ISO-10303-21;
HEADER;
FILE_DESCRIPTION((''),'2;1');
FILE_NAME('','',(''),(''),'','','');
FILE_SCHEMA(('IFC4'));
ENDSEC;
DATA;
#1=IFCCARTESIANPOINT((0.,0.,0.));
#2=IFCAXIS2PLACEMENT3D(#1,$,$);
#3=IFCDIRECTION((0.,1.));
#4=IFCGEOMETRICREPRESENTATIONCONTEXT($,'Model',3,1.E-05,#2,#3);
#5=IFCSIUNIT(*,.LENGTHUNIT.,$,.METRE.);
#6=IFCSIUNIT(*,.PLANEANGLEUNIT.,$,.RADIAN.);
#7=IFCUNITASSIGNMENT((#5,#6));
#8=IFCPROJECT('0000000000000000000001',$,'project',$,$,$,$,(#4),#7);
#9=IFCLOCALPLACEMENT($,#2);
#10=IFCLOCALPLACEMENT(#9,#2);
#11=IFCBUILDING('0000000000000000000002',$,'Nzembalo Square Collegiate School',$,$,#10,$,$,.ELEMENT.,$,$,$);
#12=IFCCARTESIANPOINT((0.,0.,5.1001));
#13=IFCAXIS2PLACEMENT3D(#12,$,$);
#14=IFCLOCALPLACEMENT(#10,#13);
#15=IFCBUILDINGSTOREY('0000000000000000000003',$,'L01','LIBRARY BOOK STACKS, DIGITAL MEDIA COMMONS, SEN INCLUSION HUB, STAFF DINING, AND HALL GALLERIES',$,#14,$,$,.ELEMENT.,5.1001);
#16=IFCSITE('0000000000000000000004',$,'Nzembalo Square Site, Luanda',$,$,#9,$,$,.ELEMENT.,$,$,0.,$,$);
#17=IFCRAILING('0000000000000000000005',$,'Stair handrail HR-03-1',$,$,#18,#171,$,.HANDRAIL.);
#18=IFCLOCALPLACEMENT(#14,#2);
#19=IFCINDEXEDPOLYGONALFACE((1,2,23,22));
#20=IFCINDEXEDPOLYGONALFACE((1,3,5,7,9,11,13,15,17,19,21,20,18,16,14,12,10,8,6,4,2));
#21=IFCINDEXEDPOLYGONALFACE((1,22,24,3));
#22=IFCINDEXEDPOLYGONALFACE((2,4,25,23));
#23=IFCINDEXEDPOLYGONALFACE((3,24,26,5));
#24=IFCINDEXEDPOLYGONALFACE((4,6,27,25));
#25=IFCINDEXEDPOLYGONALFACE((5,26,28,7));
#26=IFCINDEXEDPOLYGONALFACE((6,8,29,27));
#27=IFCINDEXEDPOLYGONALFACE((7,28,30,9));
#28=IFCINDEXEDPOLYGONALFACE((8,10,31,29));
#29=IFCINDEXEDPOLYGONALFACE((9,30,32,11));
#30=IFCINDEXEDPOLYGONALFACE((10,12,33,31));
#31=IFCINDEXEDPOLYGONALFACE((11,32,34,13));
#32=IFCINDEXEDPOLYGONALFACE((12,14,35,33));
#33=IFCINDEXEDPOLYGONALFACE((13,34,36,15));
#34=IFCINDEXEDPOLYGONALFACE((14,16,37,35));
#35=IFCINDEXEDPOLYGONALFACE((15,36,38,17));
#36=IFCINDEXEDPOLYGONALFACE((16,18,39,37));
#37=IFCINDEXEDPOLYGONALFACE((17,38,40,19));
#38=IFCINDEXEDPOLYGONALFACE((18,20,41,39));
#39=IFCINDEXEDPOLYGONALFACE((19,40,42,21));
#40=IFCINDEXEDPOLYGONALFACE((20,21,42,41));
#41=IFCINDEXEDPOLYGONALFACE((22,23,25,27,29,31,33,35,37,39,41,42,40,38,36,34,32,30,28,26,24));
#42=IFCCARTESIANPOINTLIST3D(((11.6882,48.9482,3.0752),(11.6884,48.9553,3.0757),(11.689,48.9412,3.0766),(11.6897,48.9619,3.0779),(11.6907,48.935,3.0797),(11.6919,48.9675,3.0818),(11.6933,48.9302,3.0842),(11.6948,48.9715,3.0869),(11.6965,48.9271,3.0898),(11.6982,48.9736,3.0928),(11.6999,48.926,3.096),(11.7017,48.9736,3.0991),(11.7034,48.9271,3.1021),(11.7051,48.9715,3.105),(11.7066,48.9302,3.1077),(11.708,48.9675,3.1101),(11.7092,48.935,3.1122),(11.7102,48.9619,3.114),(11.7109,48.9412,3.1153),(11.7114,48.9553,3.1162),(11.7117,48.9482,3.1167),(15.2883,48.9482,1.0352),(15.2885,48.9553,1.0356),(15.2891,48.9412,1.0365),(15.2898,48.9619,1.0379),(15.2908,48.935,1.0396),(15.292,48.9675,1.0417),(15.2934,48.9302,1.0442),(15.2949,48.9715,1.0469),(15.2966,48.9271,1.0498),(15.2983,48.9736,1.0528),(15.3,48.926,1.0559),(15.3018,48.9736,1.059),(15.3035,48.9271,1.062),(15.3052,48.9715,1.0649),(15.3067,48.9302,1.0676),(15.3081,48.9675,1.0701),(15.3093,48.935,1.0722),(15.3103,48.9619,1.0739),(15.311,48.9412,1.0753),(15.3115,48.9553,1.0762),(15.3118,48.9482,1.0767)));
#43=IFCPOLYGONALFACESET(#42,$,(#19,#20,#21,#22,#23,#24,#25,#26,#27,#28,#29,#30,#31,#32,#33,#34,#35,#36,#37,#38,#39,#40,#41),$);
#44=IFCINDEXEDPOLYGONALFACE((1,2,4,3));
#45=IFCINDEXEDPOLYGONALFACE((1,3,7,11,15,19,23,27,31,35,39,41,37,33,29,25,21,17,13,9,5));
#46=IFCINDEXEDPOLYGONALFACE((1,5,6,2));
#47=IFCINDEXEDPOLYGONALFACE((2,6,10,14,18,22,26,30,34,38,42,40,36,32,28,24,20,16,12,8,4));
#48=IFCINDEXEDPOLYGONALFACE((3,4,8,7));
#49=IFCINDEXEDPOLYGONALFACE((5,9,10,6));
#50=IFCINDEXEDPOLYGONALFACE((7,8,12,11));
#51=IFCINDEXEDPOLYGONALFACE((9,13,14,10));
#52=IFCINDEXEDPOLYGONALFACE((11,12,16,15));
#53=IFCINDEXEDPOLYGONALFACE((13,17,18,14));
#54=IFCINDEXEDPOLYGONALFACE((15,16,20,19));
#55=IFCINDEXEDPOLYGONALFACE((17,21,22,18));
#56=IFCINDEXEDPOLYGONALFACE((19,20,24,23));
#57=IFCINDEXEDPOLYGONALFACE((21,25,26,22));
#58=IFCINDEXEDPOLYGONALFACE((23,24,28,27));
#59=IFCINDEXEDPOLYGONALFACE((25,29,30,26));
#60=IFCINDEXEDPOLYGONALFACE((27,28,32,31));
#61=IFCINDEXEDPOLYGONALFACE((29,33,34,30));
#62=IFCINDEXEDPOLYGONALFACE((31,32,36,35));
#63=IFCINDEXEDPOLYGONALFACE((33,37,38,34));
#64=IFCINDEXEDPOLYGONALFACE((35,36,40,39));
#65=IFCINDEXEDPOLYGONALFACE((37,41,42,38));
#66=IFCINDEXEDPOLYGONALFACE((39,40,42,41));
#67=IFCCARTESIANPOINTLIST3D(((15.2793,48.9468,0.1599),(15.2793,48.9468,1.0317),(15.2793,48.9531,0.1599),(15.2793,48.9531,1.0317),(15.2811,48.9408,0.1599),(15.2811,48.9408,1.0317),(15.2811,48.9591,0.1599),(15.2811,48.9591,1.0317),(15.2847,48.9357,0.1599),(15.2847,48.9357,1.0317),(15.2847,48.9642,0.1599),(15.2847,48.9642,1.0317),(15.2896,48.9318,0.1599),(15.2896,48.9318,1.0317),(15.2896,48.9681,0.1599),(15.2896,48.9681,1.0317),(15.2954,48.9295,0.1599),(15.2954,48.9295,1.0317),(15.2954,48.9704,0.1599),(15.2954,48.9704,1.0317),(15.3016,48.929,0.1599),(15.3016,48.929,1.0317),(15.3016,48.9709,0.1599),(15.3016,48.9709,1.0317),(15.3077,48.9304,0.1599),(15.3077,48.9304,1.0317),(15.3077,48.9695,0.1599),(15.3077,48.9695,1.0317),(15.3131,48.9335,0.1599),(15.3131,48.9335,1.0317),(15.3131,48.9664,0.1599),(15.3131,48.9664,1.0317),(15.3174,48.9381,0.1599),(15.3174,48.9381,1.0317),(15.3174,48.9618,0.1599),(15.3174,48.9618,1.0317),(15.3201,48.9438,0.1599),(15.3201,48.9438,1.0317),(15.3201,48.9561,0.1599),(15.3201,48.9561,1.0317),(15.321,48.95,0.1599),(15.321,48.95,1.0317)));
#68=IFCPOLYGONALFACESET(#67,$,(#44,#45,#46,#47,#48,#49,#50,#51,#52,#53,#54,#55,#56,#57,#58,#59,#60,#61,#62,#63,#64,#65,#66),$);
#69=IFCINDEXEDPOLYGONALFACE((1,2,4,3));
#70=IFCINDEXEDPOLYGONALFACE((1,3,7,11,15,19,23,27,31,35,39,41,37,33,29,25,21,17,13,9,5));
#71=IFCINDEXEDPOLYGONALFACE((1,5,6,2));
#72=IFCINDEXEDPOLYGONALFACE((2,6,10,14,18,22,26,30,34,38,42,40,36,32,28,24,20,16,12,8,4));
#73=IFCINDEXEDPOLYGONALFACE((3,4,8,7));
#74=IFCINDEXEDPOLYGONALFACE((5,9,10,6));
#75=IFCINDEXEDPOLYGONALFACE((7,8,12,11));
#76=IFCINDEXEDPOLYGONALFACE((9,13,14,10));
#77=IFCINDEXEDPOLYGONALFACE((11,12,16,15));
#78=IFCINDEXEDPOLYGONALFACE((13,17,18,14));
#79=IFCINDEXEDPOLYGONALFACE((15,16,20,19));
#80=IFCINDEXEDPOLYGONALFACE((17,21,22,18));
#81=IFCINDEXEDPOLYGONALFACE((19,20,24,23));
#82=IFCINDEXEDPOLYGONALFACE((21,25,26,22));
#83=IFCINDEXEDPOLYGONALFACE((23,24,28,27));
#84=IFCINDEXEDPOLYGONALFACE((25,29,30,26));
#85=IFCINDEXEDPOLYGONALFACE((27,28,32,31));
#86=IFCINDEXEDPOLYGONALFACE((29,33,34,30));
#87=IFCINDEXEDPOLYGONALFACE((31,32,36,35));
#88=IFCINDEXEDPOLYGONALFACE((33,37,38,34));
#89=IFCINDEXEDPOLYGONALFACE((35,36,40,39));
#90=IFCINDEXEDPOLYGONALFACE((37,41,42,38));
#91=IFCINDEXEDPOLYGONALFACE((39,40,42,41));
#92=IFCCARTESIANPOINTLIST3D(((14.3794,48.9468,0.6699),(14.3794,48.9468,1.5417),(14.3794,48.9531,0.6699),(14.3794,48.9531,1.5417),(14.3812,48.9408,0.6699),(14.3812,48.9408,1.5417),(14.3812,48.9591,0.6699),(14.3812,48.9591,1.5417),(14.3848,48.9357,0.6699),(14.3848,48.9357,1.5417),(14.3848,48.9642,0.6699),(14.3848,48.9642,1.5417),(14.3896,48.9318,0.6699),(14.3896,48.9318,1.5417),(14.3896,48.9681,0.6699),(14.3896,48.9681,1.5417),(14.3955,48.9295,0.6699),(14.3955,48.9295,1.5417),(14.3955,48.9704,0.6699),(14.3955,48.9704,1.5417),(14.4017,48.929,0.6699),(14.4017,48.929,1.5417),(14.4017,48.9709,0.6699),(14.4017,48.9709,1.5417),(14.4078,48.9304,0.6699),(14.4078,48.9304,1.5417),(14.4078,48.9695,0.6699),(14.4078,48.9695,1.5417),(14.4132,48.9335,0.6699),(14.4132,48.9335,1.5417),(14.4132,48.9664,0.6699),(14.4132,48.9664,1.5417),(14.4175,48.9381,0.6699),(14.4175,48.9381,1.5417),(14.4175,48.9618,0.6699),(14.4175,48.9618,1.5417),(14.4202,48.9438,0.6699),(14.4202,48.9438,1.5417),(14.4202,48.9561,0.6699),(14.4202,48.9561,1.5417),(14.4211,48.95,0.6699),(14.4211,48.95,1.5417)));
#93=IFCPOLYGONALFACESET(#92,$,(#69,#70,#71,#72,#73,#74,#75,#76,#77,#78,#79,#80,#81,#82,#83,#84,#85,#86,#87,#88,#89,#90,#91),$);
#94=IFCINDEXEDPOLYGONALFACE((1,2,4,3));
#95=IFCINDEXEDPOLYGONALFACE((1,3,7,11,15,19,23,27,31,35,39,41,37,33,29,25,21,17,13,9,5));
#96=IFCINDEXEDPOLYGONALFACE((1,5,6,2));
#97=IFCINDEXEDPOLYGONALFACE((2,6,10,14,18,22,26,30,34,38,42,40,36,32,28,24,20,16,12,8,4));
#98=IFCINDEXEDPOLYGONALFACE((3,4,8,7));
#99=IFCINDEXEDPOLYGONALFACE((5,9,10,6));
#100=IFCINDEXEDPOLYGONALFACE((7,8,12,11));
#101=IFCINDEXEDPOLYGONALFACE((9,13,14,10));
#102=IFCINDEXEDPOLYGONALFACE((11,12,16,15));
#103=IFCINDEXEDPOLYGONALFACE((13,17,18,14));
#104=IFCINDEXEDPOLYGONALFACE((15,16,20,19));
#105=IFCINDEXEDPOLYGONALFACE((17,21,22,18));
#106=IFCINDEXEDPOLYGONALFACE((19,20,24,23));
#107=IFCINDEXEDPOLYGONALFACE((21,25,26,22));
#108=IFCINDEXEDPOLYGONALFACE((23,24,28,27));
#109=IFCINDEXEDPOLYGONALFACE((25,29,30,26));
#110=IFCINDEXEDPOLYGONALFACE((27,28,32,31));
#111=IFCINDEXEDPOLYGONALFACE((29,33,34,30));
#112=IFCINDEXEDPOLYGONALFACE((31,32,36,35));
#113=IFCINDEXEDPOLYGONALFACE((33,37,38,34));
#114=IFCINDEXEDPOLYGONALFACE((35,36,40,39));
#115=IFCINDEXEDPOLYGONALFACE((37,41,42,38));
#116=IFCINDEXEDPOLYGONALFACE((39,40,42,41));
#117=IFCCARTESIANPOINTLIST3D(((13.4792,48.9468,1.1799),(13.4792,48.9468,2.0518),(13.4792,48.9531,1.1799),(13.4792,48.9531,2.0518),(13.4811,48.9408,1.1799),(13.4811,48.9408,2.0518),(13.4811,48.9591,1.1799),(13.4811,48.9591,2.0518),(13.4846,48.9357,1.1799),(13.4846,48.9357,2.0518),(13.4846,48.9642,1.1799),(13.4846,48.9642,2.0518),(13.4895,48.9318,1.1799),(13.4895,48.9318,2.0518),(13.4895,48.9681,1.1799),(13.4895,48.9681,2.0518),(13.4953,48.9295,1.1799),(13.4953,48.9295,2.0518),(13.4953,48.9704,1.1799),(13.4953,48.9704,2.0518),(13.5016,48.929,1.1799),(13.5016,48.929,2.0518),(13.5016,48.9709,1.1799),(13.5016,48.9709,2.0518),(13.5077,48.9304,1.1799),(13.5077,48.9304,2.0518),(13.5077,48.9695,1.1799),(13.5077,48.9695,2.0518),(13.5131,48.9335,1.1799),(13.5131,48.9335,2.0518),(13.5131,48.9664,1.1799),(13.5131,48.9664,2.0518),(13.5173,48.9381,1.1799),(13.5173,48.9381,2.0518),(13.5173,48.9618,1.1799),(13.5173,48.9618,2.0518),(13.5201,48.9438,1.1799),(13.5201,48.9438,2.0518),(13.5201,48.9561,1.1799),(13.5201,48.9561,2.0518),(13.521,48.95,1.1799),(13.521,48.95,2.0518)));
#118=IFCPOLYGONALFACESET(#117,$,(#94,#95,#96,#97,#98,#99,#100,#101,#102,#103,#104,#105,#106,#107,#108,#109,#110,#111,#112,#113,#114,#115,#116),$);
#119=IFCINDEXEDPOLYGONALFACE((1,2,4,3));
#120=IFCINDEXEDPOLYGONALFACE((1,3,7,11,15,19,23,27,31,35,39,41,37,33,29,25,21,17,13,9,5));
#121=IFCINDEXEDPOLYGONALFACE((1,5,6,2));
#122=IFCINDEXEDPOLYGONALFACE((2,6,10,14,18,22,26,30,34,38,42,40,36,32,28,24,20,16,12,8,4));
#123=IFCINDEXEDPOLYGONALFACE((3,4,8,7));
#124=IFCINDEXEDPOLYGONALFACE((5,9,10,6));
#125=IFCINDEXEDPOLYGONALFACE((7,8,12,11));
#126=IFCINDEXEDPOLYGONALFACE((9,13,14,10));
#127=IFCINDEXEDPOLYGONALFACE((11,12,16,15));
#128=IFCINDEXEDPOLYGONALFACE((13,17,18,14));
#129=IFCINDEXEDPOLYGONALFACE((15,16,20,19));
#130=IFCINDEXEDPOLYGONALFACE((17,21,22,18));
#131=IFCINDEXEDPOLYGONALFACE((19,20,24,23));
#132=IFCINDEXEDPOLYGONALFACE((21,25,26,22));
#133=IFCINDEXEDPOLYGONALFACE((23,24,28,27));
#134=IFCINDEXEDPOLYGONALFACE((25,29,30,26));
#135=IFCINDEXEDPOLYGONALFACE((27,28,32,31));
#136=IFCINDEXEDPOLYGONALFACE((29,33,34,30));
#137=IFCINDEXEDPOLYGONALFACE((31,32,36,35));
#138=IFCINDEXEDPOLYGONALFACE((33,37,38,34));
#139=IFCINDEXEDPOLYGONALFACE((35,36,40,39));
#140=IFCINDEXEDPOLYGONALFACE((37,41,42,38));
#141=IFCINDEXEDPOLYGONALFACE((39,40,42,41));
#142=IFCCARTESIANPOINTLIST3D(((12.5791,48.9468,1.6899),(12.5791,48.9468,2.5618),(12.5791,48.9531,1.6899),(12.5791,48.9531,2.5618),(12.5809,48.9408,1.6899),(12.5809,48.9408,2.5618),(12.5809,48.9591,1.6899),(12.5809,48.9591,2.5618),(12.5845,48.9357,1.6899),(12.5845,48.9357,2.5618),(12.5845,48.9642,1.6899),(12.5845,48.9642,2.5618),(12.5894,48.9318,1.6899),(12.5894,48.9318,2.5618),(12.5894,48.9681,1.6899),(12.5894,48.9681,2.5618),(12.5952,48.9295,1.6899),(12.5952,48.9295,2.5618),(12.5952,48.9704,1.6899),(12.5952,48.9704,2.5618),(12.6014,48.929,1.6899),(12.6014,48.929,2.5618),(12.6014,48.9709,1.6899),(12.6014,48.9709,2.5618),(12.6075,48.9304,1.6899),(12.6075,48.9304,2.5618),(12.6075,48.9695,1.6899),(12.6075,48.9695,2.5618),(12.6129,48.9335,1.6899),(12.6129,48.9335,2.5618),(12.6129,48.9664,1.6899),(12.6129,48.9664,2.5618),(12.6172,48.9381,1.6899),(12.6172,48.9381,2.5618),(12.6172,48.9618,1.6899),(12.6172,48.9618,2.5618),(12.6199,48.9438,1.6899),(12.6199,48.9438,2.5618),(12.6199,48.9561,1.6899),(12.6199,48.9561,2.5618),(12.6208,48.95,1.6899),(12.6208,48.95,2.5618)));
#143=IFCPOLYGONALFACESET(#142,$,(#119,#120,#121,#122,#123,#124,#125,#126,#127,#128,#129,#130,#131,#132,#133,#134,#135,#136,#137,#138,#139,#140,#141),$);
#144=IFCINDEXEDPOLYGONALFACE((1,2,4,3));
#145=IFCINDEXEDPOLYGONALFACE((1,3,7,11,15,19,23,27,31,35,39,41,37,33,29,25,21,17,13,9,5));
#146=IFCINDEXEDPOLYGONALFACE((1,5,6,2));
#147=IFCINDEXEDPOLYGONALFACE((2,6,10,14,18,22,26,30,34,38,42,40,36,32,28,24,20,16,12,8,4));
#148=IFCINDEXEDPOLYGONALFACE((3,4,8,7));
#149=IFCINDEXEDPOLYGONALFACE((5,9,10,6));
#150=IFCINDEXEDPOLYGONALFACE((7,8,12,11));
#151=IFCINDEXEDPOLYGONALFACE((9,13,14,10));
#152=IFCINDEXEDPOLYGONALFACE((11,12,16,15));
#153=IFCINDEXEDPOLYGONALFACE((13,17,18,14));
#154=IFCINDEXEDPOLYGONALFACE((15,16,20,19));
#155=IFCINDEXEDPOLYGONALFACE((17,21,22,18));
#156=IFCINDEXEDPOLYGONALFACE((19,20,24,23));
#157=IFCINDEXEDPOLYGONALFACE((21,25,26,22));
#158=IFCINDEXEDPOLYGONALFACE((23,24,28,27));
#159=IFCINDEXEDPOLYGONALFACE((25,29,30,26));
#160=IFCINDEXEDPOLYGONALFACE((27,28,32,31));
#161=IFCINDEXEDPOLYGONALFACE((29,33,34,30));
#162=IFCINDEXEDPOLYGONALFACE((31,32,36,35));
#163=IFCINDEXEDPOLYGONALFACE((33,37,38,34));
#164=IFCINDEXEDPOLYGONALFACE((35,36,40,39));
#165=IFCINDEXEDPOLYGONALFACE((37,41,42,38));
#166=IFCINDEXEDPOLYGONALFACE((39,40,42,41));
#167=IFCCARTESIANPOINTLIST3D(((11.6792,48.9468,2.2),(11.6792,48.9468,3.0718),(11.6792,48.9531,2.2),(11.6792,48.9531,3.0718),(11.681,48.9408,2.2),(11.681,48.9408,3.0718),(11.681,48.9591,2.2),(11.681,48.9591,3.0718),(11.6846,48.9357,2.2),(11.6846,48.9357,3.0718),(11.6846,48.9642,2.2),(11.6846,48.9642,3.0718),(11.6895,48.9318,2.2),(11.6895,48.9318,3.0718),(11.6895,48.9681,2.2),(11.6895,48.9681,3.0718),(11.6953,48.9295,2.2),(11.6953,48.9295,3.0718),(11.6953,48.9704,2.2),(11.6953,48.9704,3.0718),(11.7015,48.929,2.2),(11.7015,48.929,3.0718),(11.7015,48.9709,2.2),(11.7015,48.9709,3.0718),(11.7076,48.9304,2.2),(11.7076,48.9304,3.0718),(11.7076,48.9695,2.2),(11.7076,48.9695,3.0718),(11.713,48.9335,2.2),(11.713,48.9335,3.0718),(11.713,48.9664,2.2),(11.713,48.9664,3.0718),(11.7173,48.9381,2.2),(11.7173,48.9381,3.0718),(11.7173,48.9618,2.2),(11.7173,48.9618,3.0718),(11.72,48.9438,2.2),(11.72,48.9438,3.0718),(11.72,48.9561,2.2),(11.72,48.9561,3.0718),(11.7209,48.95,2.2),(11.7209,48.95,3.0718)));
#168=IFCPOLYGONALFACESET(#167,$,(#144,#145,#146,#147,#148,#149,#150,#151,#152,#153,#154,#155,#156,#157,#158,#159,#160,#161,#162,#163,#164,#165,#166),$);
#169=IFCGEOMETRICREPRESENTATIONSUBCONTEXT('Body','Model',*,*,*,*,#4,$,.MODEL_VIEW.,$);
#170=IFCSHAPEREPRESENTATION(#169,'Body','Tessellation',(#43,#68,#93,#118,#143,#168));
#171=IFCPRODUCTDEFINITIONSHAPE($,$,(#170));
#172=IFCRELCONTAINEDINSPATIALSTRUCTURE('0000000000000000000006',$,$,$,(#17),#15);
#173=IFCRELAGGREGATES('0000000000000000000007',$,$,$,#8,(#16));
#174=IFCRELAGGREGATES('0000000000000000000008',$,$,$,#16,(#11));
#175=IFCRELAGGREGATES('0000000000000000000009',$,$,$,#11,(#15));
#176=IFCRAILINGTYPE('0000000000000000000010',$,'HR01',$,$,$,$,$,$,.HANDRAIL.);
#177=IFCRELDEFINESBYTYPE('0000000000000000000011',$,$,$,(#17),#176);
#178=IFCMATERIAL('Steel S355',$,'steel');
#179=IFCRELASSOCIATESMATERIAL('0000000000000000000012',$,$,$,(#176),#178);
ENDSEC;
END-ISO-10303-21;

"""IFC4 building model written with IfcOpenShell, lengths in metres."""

from ifc_helpers import new_model, si_unit, direction, frame, origin, origin_2d, place, context, subcontext, project, spatial, circle, extrude, material, type_object, element, save


model = new_model("IFC4")

# Units and contexts
model_context = context("Model", 3, precision=1e-05, world=origin(), true_north=direction((0.0, 1.0)))
body_context = subcontext(model_context, "Body", "Model", "MODEL_VIEW")
ifc_project = project(units=[si_unit("LENGTHUNIT", "METRE"), si_unit("PLANEANGLEUNIT", "RADIAN")], contexts=[model_context])

# Site, building, storey
site_placement = place(None, origin())
site = spatial("IfcSite", under=ifc_project, at=site_placement, Name="Nzembalo Square Site, Luanda", CompositionType="ELEMENT", RefElevation=0.0)
building_placement = place(site_placement, origin())
building = spatial("IfcBuilding", under=site, at=building_placement, Name="Nzembalo Square Collegiate School", CompositionType="ELEMENT")
storey_placement = place(building_placement, frame((0.0, 0.0, 5.1001)))
storey = spatial("IfcBuildingStorey", under=building, at=storey_placement, Name="L01", Description="LIBRARY BOOK STACKS, DIGITAL MEDIA COMMONS, SEN INCLUSION HUB, STAFF DINING, AND HALL GALLERIES", CompositionType="ELEMENT", Elevation=5.1001)

# Railing
ifc_material_1 = material(Name="Steel S355", Category="steel")
railing_type = type_object("IfcRailingType", Name="HR01", PredefinedType="HANDRAIL", material=ifc_material_1)
railing_placement = place(storey_placement, frame((15.3, 48.95, 0.1599)))
element("IfcRailing", 1, at=railing_placement, inside=storey, type_object=railing_type, Name="Stair handrail HR-03-1", PredefinedType="HANDRAIL", context=body_context, shape_type="SweptSolid", body=[
    extrude(circle(Radius=0.0239, at=origin_2d()), frame((0.0, 0.0, 0.896), z_axis=(-0.870024, 0.0, 0.49301), x_axis=(0.0, -1.0, 0.0)), (0.0, 0.0, 1.0), 4.1379),
    extrude(circle(Radius=0.021, at=origin_2d()), origin(), (0.0, 0.0, 1.0), 0.8718),
    extrude(circle(Radius=0.021, at=origin_2d()), frame((-0.8999, 0.0, 0.51)), (0.0, 0.0, 1.0), 0.8718),
    extrude(circle(Radius=0.021, at=origin_2d()), frame((-1.8, 0.0, 1.02)), (0.0, 0.0, 1.0), 0.8718),
    extrude(circle(Radius=0.021, at=origin_2d()), frame((-2.7002, 0.0, 1.53)), (0.0, 0.0, 1.0), 0.8718),
    extrude(circle(Radius=0.021, at=origin_2d()), frame((-3.6001, 0.0, 2.04)), (0.0, 0.0, 1.0), 0.8718),
])

save(model, "model.ifc")
